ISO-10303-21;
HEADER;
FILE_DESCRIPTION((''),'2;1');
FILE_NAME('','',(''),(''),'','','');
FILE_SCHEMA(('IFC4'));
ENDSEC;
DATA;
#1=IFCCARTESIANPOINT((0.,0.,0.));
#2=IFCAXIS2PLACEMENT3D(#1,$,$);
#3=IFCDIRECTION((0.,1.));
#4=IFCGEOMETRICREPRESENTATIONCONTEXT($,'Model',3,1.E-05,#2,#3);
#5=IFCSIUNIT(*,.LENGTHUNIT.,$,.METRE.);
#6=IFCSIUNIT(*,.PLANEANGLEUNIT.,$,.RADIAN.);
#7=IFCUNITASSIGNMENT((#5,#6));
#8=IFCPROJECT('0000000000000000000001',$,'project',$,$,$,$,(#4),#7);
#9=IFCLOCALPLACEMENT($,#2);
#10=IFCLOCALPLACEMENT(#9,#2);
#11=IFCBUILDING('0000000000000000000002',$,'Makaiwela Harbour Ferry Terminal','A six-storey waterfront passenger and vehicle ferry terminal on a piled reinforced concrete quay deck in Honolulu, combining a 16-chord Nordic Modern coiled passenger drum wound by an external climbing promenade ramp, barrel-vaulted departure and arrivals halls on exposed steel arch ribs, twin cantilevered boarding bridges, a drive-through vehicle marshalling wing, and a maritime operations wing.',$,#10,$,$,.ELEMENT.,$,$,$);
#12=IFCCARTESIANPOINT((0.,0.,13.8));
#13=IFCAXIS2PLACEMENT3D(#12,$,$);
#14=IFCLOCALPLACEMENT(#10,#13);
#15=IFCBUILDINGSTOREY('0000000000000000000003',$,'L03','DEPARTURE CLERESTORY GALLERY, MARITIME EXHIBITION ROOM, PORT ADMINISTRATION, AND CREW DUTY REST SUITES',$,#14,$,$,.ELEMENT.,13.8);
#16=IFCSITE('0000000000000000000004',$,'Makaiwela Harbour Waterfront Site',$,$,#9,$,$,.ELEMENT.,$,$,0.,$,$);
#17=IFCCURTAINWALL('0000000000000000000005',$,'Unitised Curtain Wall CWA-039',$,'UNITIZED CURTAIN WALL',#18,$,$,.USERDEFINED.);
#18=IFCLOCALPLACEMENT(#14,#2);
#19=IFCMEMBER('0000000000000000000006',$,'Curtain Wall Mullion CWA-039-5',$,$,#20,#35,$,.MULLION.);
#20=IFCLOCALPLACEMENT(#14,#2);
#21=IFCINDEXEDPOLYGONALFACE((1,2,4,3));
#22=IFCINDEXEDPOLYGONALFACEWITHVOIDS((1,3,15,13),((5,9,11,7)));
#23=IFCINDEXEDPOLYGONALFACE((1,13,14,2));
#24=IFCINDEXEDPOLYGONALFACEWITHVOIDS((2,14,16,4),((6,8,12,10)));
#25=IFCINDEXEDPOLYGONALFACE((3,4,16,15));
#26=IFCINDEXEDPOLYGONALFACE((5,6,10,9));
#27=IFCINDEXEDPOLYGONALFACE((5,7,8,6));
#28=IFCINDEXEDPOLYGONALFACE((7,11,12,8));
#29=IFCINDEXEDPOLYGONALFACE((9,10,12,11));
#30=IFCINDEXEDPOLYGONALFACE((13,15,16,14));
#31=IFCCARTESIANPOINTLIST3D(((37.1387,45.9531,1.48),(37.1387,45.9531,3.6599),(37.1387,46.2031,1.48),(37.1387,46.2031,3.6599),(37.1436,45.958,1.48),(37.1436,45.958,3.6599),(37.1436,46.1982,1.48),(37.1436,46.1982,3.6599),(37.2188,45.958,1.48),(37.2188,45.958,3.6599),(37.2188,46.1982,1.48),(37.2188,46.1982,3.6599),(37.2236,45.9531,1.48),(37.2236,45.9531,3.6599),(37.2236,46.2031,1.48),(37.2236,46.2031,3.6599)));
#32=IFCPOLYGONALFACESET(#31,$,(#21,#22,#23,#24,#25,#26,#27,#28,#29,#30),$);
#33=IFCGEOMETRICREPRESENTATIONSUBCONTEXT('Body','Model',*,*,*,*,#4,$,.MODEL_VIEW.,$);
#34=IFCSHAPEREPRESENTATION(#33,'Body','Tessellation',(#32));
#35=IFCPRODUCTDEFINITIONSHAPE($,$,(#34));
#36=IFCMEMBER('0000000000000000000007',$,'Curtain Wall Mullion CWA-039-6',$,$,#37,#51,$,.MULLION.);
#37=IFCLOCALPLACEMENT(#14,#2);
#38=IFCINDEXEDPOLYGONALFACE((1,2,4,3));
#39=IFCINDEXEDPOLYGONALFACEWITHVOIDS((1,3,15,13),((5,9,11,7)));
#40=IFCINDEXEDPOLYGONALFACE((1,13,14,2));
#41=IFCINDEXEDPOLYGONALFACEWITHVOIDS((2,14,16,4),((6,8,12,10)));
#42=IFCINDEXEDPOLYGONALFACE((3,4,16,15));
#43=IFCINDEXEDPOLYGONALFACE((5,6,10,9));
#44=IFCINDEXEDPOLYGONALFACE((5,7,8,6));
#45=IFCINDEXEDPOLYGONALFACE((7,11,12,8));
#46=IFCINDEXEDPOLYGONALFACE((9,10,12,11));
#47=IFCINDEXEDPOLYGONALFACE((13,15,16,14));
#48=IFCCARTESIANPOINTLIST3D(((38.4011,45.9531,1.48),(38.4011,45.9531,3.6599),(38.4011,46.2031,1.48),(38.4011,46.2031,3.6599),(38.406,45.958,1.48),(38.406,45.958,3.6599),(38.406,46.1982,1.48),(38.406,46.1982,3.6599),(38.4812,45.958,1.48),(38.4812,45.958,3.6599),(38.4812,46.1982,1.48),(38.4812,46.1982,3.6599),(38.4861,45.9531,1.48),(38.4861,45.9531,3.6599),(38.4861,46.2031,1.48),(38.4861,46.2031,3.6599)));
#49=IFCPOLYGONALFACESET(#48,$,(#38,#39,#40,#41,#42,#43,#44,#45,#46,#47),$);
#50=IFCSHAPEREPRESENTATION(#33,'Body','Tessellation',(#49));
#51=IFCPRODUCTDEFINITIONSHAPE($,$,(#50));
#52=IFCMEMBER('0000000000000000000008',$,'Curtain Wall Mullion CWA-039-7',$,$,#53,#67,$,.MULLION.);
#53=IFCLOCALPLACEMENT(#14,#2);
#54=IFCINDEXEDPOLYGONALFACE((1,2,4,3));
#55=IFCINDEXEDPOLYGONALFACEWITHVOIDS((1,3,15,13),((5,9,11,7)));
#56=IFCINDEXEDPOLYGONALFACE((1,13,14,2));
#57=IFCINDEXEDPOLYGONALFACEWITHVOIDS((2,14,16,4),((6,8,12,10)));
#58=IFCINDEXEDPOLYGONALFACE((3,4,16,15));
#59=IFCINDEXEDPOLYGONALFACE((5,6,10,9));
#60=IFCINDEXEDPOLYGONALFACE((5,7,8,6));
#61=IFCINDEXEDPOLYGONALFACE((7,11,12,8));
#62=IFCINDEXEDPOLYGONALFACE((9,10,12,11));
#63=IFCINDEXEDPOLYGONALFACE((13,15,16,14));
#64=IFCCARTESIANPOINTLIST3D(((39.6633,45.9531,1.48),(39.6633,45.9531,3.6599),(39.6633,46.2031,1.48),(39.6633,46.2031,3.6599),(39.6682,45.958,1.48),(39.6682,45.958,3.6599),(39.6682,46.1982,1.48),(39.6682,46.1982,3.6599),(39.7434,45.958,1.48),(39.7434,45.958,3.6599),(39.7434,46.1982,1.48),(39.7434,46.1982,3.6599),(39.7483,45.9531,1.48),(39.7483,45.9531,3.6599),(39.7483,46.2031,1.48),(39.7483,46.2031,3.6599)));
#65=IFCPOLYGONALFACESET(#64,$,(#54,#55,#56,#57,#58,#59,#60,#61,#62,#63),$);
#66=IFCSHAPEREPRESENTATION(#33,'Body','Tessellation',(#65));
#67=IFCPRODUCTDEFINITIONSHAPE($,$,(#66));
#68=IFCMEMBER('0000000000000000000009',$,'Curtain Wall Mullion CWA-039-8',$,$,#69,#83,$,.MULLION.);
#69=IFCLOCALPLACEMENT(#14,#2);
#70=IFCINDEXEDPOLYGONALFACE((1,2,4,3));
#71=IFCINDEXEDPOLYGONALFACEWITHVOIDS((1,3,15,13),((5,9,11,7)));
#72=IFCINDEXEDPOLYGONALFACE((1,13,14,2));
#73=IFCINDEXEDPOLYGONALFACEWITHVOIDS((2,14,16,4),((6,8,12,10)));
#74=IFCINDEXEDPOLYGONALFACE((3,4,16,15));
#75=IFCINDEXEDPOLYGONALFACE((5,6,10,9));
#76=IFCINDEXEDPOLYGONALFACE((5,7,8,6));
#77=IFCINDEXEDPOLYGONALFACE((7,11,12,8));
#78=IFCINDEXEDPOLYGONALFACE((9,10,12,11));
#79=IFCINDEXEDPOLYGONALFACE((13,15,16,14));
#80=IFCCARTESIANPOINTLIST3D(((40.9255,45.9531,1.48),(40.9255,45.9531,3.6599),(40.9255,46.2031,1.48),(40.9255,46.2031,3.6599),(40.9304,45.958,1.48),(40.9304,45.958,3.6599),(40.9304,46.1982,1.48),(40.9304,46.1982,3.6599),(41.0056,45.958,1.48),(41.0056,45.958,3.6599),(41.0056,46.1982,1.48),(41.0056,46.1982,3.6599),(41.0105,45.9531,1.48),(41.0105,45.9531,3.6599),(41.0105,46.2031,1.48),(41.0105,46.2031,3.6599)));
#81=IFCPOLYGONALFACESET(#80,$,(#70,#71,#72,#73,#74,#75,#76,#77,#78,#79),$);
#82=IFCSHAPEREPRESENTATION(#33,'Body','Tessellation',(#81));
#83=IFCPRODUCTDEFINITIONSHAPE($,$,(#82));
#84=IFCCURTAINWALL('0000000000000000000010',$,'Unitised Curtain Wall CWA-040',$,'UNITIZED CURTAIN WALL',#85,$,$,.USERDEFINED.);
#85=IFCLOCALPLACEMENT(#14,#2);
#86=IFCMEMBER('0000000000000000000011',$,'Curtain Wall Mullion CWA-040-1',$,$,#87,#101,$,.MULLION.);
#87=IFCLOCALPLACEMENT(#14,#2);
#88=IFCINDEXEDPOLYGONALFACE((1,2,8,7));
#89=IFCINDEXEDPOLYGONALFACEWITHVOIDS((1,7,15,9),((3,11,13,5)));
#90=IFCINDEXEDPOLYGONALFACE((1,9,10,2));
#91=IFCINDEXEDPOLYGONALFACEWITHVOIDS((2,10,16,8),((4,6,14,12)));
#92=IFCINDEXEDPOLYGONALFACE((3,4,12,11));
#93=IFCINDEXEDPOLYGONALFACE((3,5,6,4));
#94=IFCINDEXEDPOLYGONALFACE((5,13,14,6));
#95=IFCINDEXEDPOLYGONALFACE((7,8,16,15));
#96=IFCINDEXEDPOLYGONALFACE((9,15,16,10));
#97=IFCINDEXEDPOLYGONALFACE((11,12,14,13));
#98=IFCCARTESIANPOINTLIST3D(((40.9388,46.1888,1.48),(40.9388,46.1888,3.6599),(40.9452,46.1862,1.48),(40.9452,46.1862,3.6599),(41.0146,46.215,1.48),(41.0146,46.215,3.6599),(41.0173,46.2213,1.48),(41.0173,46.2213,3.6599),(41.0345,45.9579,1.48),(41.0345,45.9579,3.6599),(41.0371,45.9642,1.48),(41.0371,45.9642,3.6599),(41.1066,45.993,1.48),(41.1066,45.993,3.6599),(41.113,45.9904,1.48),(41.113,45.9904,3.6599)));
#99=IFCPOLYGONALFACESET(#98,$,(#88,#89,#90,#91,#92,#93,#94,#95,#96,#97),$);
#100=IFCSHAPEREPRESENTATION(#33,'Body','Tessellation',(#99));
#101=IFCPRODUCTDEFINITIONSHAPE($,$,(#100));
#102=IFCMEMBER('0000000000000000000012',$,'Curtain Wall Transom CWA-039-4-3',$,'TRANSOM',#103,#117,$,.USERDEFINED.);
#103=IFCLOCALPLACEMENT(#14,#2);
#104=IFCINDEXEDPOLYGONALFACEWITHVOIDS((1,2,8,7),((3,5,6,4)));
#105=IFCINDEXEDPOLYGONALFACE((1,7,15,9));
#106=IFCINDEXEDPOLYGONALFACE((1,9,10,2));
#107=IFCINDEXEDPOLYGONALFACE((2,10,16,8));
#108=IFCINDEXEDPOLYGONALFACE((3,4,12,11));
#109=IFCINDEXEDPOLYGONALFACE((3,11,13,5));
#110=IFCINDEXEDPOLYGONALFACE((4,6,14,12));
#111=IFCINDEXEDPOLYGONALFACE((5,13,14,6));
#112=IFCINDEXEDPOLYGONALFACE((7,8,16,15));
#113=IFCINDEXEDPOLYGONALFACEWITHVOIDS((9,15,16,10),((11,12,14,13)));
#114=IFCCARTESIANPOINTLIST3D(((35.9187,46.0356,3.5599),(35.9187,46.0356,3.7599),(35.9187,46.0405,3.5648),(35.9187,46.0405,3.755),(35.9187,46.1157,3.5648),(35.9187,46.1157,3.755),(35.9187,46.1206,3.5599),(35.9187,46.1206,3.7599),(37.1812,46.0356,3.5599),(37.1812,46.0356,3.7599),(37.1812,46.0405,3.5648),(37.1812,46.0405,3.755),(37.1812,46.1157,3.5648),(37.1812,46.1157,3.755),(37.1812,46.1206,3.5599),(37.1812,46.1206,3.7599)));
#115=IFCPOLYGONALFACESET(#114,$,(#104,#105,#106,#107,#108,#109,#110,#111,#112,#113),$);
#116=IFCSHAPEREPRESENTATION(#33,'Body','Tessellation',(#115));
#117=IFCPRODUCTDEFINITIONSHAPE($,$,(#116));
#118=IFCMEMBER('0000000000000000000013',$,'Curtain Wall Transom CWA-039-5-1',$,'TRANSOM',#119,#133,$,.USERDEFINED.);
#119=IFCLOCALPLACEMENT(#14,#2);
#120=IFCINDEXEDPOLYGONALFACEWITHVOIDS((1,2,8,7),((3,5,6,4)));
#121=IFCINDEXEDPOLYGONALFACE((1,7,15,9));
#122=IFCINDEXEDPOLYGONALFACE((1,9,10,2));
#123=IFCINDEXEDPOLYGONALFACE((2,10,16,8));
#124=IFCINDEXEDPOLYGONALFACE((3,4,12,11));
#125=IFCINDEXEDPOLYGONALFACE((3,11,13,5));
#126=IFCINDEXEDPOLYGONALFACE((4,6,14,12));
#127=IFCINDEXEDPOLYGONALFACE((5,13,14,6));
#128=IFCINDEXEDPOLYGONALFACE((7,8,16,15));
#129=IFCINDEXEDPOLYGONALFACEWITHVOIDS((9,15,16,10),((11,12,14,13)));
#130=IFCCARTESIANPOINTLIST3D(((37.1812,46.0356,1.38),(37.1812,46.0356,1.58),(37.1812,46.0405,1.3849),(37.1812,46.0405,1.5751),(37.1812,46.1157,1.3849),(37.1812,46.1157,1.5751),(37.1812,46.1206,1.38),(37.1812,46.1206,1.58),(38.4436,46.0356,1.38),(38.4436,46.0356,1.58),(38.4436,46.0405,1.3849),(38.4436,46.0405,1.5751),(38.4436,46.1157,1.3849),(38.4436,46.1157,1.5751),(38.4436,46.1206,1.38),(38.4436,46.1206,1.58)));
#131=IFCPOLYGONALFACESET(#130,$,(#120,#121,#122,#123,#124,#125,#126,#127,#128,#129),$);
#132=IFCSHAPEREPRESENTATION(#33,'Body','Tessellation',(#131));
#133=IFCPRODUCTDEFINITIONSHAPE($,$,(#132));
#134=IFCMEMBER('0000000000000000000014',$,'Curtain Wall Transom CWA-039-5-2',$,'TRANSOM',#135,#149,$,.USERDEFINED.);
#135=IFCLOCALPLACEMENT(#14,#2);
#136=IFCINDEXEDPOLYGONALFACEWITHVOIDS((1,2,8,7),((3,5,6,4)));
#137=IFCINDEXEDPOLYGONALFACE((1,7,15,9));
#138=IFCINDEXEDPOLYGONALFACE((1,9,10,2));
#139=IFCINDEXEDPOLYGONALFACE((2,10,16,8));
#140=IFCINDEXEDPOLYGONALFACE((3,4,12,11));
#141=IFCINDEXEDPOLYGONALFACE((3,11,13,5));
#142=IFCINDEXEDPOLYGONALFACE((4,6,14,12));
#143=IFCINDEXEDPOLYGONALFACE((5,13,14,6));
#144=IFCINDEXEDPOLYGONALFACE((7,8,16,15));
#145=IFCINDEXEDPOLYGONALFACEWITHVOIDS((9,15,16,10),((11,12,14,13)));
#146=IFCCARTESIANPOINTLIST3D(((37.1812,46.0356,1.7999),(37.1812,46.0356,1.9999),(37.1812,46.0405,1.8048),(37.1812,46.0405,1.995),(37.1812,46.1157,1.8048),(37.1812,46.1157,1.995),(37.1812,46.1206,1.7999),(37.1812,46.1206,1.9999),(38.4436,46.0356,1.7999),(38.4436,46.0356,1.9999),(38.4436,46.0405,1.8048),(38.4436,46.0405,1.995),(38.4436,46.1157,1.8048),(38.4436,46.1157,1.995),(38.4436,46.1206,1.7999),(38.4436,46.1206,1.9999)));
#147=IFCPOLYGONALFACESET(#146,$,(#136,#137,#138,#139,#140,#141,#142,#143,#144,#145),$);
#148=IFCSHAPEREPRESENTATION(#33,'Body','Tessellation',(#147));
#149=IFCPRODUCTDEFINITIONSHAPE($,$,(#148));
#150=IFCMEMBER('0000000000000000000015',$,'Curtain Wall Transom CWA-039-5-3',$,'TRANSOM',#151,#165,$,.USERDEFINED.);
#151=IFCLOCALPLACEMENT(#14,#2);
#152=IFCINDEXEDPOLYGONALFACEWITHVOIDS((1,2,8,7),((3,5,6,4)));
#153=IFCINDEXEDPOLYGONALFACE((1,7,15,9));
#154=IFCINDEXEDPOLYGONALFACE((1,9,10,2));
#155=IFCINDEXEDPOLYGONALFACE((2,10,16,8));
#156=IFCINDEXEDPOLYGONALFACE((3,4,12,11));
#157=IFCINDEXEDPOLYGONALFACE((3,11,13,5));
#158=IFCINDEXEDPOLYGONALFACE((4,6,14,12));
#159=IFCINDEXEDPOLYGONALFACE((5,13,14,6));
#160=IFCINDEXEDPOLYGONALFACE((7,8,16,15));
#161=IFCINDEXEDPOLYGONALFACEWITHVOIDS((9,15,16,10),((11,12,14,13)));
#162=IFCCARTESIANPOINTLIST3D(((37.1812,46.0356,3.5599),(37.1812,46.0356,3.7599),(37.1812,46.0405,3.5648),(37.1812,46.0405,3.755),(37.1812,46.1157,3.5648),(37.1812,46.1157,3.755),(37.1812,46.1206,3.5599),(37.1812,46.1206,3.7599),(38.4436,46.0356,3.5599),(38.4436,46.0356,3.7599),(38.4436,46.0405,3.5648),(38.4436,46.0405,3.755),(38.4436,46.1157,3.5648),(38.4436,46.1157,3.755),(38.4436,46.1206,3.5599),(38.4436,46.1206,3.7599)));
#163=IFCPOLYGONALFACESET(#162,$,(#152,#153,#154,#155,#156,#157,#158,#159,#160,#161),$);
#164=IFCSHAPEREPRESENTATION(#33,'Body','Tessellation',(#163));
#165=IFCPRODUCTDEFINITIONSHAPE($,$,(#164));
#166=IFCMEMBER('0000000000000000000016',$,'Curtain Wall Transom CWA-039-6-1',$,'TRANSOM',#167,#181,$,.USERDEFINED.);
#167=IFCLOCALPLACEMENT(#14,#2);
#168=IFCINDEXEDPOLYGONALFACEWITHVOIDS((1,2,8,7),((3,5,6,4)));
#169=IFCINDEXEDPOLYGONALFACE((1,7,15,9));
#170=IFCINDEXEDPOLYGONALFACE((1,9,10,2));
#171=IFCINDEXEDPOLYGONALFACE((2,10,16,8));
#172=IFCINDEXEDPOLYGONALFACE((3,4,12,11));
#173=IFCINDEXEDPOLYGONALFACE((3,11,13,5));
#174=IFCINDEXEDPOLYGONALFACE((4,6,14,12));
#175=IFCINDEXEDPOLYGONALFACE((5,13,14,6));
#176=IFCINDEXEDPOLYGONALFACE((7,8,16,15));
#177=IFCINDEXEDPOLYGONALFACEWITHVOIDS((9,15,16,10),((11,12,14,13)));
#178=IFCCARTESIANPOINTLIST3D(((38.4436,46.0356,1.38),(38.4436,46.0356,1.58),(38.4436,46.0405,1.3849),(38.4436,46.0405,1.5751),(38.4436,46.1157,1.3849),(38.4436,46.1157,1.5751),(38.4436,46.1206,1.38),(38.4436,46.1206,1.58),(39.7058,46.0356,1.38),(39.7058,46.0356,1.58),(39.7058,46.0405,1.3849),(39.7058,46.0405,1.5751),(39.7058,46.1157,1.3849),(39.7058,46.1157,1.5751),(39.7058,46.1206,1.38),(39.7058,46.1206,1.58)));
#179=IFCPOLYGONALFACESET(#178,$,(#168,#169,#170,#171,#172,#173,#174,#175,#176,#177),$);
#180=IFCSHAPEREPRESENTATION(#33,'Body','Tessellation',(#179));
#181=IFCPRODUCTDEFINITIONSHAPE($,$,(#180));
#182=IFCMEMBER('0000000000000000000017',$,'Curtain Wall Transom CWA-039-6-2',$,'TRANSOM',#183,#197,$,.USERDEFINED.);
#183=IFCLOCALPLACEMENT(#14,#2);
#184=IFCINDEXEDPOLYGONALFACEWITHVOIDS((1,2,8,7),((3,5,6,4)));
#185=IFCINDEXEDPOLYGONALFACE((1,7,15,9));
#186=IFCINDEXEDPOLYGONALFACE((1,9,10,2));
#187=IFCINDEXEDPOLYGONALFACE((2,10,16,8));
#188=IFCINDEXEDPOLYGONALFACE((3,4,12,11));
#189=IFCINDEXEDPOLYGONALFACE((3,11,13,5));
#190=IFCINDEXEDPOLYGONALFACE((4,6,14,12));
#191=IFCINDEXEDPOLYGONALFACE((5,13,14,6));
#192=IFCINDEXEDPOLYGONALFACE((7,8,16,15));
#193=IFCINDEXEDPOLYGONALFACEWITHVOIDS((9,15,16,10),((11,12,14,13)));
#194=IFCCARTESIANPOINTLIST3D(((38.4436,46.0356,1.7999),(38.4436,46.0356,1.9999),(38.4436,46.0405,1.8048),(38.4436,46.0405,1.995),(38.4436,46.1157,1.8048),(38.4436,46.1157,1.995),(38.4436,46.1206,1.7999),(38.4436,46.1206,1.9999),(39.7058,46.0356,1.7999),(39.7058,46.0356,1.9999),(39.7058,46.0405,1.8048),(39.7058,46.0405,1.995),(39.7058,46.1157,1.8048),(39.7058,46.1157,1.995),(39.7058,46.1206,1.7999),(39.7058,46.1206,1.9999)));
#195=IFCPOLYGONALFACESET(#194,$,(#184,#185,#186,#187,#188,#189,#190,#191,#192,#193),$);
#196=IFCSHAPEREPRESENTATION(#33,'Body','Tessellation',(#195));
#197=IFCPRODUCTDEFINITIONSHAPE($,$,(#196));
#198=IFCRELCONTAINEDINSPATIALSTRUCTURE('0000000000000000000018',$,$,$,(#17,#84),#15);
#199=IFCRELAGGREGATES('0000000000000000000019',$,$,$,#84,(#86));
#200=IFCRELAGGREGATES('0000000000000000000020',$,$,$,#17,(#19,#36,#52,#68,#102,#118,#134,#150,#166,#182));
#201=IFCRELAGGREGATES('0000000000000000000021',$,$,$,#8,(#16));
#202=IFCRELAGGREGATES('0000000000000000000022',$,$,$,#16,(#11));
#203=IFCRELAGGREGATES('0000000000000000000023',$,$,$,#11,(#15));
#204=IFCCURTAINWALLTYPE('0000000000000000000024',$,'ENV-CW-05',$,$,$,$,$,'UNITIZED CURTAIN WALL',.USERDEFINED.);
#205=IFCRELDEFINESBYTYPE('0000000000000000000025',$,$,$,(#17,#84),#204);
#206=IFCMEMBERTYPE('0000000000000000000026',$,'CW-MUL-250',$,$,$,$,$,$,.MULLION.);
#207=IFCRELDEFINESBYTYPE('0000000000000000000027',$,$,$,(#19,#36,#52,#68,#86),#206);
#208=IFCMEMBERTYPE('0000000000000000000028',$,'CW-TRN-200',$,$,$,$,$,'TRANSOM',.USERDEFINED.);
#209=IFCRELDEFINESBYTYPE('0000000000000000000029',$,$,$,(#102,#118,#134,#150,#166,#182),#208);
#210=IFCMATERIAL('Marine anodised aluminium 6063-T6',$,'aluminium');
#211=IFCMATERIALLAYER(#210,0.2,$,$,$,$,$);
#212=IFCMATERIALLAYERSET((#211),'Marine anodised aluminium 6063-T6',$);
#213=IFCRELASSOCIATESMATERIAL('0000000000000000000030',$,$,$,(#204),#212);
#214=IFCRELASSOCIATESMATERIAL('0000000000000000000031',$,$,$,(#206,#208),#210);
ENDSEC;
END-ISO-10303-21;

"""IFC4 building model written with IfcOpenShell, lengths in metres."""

from ifc_helpers import new_model, si_unit, direction, frame, origin, origin_2d, place, context, subcontext, project, spatial, hollow_rectangle, extrude, material, layer, layer_set, material_profile, profile_set, type_object, element, aggregate, save


model = new_model("IFC4")

# Units and contexts
model_context = context("Model", 3, precision=1e-05, world=origin(), true_north=direction((0.0, 1.0)))
body_context = subcontext(model_context, "Body", "Model", "MODEL_VIEW")
ifc_project = project(units=[si_unit("LENGTHUNIT", "METRE"), si_unit("PLANEANGLEUNIT", "RADIAN")], contexts=[model_context])

# Site, building, storey
site_placement = place(None, origin())
site = spatial("IfcSite", under=ifc_project, at=site_placement, Name="Makaiwela Harbour Waterfront Site", CompositionType="ELEMENT", RefElevation=0.0)
building_placement = place(site_placement, origin())
building = spatial("IfcBuilding", under=site, at=building_placement, Name="Makaiwela Harbour Ferry Terminal", Description="A six-storey waterfront passenger and vehicle ferry terminal on a piled reinforced concrete quay deck in Honolulu, combining a 16-chord Nordic Modern coiled passenger drum wound by an external climbing promenade ramp, barrel-vaulted departure and arrivals halls on exposed steel arch ribs, twin cantilevered boarding bridges, a drive-through vehicle marshalling wing, and a maritime operations wing.", CompositionType="ELEMENT")
storey_placement = place(building_placement, frame((0.0, 0.0, 13.8)))
storey = spatial("IfcBuildingStorey", under=building, at=storey_placement, Name="L03", Description="DEPARTURE CLERESTORY GALLERY, MARITIME EXHIBITION ROOM, PORT ADMINISTRATION, AND CREW DUTY REST SUITES", CompositionType="ELEMENT", Elevation=13.8)

# Curtain wall, members
ifc_material_1 = material(Name="Marine anodised aluminium 6063-T6", Category="aluminium")
ifc_layer_1 = layer(ifc_material_1, 0.2)
ifc_layer_set_1 = layer_set([ifc_layer_1], Name="Marine anodised aluminium 6063-T6")
curtain_wall_type = type_object("IfcCurtainWallType", Name="ENV-CW-05", ElementType="UNITIZED CURTAIN WALL", PredefinedType="USERDEFINED", material=ifc_layer_set_1)
curtain_wall_1_placement = place(storey_placement, origin())
curtain_wall_1 = element("IfcCurtainWall", 1, at=curtain_wall_1_placement, inside=storey, type_object=curtain_wall_type, Name="Unitised Curtain Wall CWA-039", ObjectType="UNITIZED CURTAIN WALL", PredefinedType="USERDEFINED")
ifc_material_profile_1 = material_profile(ifc_material_1, hollow_rectangle(XDim=0.085, YDim=0.25, WallThickness=0.0049, at=origin_2d()), Name="CWM-250X85")
ifc_profile_set_1 = profile_set([ifc_material_profile_1], Name="Marine anodised aluminium 6063-T6")
member_type_1 = type_object("IfcMemberType", Name="CW-MUL-250", PredefinedType="MULLION", material=ifc_profile_set_1)
member_1_placement = place(storey_placement, frame((37.1812, 46.0781, 1.48), z_axis=(0.0, 0.0, 1.0), x_axis=(1.0, 0.0, 0.0)))
member_1 = element("IfcMember", 2, at=member_1_placement, type_object=member_type_1, Name="Curtain Wall Mullion CWA-039-5", PredefinedType="MULLION", context=body_context, shape_type="SweptSolid", body=[
    extrude(hollow_rectangle(XDim=0.085, YDim=0.25, WallThickness=0.0049, at=origin_2d()), origin(), (0.0, 0.0, 1.0), 2.1799),
])
member_2_placement = place(storey_placement, frame((38.4436, 46.0781, 1.48), z_axis=(0.0, 0.0, 1.0), x_axis=(1.0, 0.0, 0.0)))
member_2 = element("IfcMember", 3, at=member_2_placement, type_object=member_type_1, Name="Curtain Wall Mullion CWA-039-6", PredefinedType="MULLION", context=body_context, shape_type="SweptSolid", body=[
    extrude(hollow_rectangle(XDim=0.085, YDim=0.25, WallThickness=0.0049, at=origin_2d()), origin(), (0.0, 0.0, 1.0), 2.1799),
])
member_3_placement = place(storey_placement, frame((39.7058, 46.0781, 1.48), z_axis=(0.0, 0.0, 1.0), x_axis=(1.0, 0.0, 0.0)))
member_3 = element("IfcMember", 4, at=member_3_placement, type_object=member_type_1, Name="Curtain Wall Mullion CWA-039-7", PredefinedType="MULLION", context=body_context, shape_type="SweptSolid", body=[
    extrude(hollow_rectangle(XDim=0.085, YDim=0.25, WallThickness=0.0049, at=origin_2d()), origin(), (0.0, 0.0, 1.0), 2.1799),
])
member_4_placement = place(storey_placement, frame((40.968, 46.0781, 1.48), z_axis=(0.0, 0.0, 1.0), x_axis=(1.0, 0.0, 0.0)))
member_4 = element("IfcMember", 5, at=member_4_placement, type_object=member_type_1, Name="Curtain Wall Mullion CWA-039-8", PredefinedType="MULLION", context=body_context, shape_type="SweptSolid", body=[
    extrude(hollow_rectangle(XDim=0.085, YDim=0.25, WallThickness=0.0049, at=origin_2d()), origin(), (0.0, 0.0, 1.0), 2.1799),
])

# Curtain wall, member
curtain_wall_2_placement = place(storey_placement, origin())
curtain_wall_2 = element("IfcCurtainWall", 6, at=curtain_wall_2_placement, inside=storey, type_object=curtain_wall_type, Name="Unitised Curtain Wall CWA-040", ObjectType="UNITIZED CURTAIN WALL", PredefinedType="USERDEFINED")
member_5_placement = place(storey_placement, frame((41.0259, 46.0896, 1.48), z_axis=(0.0, 0.0, 1.0), x_axis=(0.92388, 0.382683, 0.0)))
member_5 = element("IfcMember", 7, at=member_5_placement, type_object=member_type_1, Name="Curtain Wall Mullion CWA-040-1", PredefinedType="MULLION", context=body_context, shape_type="SweptSolid", body=[
    extrude(hollow_rectangle(XDim=0.085, YDim=0.25, WallThickness=0.0049, at=origin_2d()), origin(), (0.0, 0.0, 1.0), 2.1799),
])

# Members
ifc_material_profile_2 = material_profile(ifc_material_1, hollow_rectangle(XDim=0.085, YDim=0.2, WallThickness=0.0049, at=origin_2d()), Name="CWT-200X85")
ifc_profile_set_2 = profile_set([ifc_material_profile_2], Name="Marine anodised aluminium 6063-T6")
member_type_2 = type_object("IfcMemberType", Name="CW-TRN-200", ElementType="TRANSOM", PredefinedType="USERDEFINED", material=ifc_profile_set_2)
member_6_placement = place(storey_placement, frame((35.9187, 46.0781, 3.6599), z_axis=(1.0, 0.0, 0.0), x_axis=(0.0, 1.0, 0.0)))
member_6 = element("IfcMember", 8, at=member_6_placement, type_object=member_type_2, Name="Curtain Wall Transom CWA-039-4-3", ObjectType="TRANSOM", PredefinedType="USERDEFINED", context=body_context, shape_type="SweptSolid", body=[
    extrude(hollow_rectangle(XDim=0.085, YDim=0.2, WallThickness=0.0049, at=origin_2d()), origin(), (0.0, 0.0, 1.0), 1.2625),
])
member_7_placement = place(storey_placement, frame((37.1812, 46.0781, 1.48), z_axis=(1.0, 0.0, 0.0), x_axis=(0.0, 1.0, 0.0)))
member_7 = element("IfcMember", 9, at=member_7_placement, type_object=member_type_2, Name="Curtain Wall Transom CWA-039-5-1", ObjectType="TRANSOM", PredefinedType="USERDEFINED", context=body_context, shape_type="SweptSolid", body=[
    extrude(hollow_rectangle(XDim=0.085, YDim=0.2, WallThickness=0.0049, at=origin_2d()), origin(), (0.0, 0.0, 1.0), 1.2625),
])
member_8_placement = place(storey_placement, frame((37.1812, 46.0781, 1.8999), z_axis=(1.0, 0.0, 0.0), x_axis=(0.0, 1.0, 0.0)))
member_8 = element("IfcMember", 10, at=member_8_placement, type_object=member_type_2, Name="Curtain Wall Transom CWA-039-5-2", ObjectType="TRANSOM", PredefinedType="USERDEFINED", context=body_context, shape_type="SweptSolid", body=[
    extrude(hollow_rectangle(XDim=0.085, YDim=0.2, WallThickness=0.0049, at=origin_2d()), origin(), (0.0, 0.0, 1.0), 1.2625),
])
member_9_placement = place(storey_placement, frame((37.1812, 46.0781, 3.6599), z_axis=(1.0, 0.0, 0.0), x_axis=(0.0, 1.0, 0.0)))
member_9 = element("IfcMember", 11, at=member_9_placement, type_object=member_type_2, Name="Curtain Wall Transom CWA-039-5-3", ObjectType="TRANSOM", PredefinedType="USERDEFINED", context=body_context, shape_type="SweptSolid", body=[
    extrude(hollow_rectangle(XDim=0.085, YDim=0.2, WallThickness=0.0049, at=origin_2d()), origin(), (0.0, 0.0, 1.0), 1.2625),
])
member_10_placement = place(storey_placement, frame((38.4436, 46.0781, 1.48), z_axis=(1.0, 0.0, 0.0), x_axis=(0.0, 1.0, 0.0)))
member_10 = element("IfcMember", 12, at=member_10_placement, type_object=member_type_2, Name="Curtain Wall Transom CWA-039-6-1", ObjectType="TRANSOM", PredefinedType="USERDEFINED", context=body_context, shape_type="SweptSolid", body=[
    extrude(hollow_rectangle(XDim=0.085, YDim=0.2, WallThickness=0.0049, at=origin_2d()), origin(), (0.0, 0.0, 1.0), 1.2622),
])
member_11_placement = place(storey_placement, frame((38.4436, 46.0781, 1.8999), z_axis=(1.0, 0.0, 0.0), x_axis=(0.0, 1.0, 0.0)))
member_11 = element("IfcMember", 13, at=member_11_placement, type_object=member_type_2, Name="Curtain Wall Transom CWA-039-6-2", ObjectType="TRANSOM", PredefinedType="USERDEFINED", context=body_context, shape_type="SweptSolid", body=[
    extrude(hollow_rectangle(XDim=0.085, YDim=0.2, WallThickness=0.0049, at=origin_2d()), origin(), (0.0, 0.0, 1.0), 1.2622),
])
aggregate(curtain_wall_2, [member_5])

aggregate(curtain_wall_1, [member_1, member_2, member_3, member_4, member_6, member_7, member_8, member_9, member_10, member_11])

save(model, "model.ifc")
